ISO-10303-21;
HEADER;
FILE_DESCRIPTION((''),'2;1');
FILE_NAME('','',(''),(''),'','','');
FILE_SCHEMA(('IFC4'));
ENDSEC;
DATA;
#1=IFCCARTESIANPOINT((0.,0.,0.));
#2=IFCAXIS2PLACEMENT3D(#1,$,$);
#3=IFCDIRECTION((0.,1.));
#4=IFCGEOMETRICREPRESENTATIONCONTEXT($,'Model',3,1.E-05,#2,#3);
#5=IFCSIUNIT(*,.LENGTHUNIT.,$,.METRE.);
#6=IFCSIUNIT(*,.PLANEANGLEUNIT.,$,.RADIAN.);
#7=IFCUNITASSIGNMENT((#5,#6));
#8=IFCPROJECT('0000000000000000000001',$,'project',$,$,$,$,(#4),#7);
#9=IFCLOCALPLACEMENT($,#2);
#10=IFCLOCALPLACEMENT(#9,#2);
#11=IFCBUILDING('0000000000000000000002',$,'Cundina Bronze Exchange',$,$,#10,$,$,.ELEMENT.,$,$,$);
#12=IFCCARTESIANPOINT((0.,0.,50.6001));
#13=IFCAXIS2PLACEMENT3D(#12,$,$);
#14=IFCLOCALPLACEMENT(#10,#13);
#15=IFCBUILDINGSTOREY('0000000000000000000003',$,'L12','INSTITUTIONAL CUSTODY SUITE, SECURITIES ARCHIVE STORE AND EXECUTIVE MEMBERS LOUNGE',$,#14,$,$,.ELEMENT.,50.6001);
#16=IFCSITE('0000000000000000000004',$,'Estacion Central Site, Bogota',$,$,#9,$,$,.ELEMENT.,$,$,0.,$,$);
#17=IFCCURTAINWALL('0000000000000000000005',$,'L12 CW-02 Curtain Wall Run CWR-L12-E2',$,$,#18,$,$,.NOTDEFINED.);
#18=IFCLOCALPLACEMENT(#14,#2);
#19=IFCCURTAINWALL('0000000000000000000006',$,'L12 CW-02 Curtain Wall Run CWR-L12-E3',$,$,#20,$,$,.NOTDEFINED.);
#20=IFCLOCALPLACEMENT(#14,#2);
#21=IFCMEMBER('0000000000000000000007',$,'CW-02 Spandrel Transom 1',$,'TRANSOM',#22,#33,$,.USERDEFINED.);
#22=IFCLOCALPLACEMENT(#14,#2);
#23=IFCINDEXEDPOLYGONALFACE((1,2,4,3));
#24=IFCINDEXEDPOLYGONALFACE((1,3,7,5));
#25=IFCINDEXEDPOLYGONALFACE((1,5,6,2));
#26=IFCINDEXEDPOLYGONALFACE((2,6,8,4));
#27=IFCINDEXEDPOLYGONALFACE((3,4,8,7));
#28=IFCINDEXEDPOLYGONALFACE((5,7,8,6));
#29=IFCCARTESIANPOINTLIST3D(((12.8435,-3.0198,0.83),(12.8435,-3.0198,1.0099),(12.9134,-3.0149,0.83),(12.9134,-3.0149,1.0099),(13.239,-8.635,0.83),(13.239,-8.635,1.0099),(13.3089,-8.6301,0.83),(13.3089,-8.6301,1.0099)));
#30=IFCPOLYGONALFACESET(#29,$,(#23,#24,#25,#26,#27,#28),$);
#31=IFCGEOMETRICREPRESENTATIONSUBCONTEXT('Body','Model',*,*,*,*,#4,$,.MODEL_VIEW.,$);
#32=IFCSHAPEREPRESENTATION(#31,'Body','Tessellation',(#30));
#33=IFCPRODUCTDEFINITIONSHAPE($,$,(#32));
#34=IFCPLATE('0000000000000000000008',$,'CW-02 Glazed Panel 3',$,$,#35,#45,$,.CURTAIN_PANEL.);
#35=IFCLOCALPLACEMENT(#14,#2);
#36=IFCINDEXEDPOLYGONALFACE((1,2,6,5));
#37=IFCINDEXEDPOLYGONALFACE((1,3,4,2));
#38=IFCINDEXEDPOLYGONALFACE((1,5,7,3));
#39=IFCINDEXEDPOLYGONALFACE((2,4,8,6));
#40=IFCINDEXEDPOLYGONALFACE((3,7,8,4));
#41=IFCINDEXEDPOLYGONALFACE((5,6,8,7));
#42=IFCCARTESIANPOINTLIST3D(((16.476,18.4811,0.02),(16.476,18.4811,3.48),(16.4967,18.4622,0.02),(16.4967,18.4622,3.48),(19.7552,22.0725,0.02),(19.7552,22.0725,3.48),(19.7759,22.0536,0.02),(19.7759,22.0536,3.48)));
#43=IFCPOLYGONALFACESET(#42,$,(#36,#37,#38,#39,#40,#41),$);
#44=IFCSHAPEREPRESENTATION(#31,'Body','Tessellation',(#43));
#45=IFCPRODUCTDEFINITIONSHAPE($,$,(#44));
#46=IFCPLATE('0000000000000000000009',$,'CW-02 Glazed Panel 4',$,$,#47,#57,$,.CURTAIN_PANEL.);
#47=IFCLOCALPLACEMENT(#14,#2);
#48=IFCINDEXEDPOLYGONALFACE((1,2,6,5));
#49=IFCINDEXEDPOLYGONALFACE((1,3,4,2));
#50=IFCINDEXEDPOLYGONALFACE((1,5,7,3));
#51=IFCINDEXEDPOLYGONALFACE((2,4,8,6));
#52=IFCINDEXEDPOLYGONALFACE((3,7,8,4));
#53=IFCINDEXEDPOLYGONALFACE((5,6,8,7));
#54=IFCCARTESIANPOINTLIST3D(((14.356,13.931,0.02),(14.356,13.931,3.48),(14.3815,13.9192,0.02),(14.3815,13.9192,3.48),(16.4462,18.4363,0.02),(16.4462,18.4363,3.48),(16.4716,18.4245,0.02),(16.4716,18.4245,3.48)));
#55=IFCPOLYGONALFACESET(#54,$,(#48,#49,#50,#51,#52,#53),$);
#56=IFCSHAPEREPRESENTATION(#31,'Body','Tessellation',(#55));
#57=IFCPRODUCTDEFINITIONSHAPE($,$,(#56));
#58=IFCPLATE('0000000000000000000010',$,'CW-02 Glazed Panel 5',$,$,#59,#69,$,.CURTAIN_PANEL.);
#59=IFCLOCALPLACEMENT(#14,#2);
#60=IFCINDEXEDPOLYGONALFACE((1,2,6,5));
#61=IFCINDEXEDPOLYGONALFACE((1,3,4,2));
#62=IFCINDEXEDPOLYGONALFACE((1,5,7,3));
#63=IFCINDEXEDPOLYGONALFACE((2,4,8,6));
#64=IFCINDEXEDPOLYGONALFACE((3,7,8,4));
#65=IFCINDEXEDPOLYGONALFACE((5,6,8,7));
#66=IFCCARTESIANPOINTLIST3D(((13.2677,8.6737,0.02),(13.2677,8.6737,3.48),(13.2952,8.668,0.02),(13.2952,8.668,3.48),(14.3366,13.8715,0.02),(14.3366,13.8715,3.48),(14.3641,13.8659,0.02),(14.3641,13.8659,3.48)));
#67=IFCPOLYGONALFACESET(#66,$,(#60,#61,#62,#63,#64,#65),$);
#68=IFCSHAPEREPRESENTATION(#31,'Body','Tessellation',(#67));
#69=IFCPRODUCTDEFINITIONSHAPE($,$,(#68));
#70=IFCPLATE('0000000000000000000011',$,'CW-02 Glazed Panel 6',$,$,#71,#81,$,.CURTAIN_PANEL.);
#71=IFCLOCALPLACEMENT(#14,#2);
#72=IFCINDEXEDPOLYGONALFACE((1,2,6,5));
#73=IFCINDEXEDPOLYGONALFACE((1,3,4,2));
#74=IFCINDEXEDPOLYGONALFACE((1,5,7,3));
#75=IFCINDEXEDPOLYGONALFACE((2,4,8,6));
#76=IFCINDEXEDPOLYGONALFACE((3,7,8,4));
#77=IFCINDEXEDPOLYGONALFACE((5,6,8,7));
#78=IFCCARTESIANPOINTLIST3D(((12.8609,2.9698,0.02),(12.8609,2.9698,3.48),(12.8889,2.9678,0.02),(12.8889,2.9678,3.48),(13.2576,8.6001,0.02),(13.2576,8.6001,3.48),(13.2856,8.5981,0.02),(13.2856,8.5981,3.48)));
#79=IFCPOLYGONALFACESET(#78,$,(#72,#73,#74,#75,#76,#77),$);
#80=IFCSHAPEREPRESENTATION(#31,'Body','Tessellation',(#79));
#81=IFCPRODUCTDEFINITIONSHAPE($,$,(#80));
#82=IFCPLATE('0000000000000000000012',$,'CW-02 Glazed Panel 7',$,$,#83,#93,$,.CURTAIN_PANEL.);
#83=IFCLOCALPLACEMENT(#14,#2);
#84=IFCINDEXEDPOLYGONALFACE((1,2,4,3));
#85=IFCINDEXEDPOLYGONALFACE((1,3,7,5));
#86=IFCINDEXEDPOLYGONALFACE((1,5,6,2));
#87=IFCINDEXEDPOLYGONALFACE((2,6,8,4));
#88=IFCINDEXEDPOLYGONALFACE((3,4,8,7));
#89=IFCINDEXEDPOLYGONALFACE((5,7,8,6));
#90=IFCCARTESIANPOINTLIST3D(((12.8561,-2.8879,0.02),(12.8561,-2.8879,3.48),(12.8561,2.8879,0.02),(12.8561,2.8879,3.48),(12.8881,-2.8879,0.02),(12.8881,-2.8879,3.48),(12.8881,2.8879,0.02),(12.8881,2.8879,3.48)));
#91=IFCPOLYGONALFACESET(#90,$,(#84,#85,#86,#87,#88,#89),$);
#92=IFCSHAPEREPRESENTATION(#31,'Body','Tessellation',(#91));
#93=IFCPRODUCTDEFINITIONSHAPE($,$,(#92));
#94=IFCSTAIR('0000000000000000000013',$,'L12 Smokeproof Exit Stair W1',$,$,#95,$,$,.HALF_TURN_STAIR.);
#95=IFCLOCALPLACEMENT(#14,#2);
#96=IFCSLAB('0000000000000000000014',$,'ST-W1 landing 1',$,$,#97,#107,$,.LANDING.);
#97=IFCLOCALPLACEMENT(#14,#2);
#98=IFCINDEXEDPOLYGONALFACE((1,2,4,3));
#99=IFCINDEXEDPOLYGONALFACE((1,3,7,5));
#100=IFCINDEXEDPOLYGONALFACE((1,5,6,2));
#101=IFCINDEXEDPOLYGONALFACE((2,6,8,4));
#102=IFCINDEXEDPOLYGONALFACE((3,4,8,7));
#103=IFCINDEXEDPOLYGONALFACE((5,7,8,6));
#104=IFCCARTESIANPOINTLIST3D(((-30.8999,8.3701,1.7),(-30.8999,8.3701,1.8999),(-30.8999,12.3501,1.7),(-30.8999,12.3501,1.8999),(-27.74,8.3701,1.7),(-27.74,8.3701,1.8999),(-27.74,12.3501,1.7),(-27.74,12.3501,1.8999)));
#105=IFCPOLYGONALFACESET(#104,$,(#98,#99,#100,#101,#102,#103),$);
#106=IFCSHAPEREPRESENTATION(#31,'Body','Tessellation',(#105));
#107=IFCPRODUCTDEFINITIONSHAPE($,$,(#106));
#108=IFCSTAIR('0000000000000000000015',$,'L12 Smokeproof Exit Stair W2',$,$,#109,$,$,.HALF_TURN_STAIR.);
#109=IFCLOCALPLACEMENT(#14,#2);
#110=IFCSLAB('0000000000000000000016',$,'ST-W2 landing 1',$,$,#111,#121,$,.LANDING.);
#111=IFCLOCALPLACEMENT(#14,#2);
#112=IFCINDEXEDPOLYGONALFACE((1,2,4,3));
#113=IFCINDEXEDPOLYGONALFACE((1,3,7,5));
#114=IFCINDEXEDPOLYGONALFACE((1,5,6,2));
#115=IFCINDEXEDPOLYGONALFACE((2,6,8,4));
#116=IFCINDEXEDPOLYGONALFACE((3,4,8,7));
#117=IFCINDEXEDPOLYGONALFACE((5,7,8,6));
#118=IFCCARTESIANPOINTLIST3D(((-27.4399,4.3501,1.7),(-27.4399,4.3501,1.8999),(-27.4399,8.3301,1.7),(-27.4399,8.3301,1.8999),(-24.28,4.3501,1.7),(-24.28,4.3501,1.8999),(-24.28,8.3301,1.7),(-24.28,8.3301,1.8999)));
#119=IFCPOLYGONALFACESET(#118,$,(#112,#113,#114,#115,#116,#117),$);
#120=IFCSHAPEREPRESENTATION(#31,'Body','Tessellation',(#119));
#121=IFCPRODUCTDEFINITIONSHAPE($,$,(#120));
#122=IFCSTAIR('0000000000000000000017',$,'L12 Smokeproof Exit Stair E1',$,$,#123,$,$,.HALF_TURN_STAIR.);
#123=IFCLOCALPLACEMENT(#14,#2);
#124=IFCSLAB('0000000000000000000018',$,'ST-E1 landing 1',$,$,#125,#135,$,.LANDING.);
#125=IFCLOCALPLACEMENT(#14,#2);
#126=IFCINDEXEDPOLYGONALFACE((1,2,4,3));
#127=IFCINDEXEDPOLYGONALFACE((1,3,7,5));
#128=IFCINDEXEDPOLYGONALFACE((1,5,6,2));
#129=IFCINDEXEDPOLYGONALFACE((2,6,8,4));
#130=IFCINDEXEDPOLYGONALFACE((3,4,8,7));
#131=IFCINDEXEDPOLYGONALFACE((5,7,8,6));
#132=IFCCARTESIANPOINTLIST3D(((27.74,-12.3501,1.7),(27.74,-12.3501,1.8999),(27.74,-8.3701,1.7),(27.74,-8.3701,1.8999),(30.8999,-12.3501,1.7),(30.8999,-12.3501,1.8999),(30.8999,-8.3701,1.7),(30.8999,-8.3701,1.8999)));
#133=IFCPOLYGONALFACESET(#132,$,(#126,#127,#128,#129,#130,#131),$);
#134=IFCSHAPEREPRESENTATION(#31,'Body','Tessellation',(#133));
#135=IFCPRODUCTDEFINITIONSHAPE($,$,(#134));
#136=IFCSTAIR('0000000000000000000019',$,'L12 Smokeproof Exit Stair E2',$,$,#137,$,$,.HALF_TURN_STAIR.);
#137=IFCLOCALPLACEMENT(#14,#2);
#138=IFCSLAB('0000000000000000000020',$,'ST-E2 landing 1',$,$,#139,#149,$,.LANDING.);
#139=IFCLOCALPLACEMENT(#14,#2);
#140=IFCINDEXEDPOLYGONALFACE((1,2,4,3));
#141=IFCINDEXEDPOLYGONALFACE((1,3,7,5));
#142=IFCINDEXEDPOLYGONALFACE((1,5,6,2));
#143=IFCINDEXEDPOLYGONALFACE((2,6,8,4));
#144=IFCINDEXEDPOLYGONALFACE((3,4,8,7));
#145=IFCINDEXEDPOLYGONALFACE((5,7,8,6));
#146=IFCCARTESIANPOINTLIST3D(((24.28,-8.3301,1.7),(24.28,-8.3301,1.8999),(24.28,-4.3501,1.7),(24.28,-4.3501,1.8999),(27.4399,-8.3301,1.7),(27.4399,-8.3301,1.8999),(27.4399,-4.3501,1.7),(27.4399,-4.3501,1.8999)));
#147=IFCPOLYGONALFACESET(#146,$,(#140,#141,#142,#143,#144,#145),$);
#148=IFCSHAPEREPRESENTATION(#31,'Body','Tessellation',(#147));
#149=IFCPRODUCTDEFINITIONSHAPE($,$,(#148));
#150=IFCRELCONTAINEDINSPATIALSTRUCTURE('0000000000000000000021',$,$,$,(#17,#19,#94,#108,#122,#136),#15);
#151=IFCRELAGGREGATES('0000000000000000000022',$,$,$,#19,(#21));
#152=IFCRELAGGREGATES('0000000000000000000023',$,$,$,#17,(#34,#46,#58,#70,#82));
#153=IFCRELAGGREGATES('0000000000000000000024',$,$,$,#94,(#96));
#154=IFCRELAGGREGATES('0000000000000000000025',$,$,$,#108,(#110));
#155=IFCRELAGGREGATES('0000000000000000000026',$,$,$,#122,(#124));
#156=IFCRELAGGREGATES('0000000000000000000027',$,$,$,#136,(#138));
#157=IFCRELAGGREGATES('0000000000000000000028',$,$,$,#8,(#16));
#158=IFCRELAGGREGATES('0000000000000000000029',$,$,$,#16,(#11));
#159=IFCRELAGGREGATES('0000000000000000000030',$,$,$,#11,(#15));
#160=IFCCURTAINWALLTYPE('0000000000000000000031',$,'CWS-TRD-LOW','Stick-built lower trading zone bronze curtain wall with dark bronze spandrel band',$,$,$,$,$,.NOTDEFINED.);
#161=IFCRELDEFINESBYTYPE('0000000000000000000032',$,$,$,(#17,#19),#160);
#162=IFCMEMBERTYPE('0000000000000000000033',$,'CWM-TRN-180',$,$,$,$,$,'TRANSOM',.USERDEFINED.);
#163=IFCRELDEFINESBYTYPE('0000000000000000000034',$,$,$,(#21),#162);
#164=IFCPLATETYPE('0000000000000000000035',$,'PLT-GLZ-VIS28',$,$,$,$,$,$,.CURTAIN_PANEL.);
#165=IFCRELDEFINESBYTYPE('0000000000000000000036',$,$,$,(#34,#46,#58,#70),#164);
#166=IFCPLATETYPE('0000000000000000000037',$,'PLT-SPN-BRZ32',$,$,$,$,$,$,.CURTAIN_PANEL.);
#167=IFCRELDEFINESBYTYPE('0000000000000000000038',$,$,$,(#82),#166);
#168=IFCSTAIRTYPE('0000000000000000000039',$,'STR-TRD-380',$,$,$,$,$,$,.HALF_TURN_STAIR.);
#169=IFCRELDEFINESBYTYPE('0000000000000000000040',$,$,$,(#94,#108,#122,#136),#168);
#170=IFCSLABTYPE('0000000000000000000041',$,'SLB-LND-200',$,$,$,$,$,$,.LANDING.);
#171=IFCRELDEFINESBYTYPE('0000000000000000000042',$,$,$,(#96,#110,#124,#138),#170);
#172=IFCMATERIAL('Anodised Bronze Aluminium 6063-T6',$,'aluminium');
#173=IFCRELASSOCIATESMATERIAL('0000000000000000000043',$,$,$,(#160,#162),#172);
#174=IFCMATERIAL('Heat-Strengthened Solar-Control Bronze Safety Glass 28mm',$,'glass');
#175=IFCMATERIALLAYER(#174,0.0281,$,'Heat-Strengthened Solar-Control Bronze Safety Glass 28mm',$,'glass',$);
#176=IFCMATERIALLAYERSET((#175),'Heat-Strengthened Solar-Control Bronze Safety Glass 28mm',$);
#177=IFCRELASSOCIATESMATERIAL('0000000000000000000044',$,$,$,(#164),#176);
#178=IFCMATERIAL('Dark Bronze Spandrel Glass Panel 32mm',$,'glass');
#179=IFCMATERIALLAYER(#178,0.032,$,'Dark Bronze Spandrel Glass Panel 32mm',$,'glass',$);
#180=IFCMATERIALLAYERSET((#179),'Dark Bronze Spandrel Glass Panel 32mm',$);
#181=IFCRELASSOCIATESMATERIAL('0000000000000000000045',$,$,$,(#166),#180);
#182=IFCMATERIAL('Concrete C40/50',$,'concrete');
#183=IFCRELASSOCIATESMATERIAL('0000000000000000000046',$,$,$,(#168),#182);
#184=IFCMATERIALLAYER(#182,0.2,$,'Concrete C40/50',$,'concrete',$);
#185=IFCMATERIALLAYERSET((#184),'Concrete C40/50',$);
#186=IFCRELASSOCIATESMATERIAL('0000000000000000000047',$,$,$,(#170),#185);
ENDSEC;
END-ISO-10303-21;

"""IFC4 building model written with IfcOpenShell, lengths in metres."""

from ifc_helpers import new_model, si_unit, direction, frame, origin, origin_2d, place, context, subcontext, project, spatial, polyline, rectangle, outline, extrude, material, layer, layer_set, material_profile, profile_set, type_object, element, aggregate, save


model = new_model("IFC4")

# Units and contexts
model_context = context("Model", 3, precision=1e-05, world=origin(), true_north=direction((0.0, 1.0)))
body_context = subcontext(model_context, "Body", "Model", "MODEL_VIEW")
ifc_project = project(units=[si_unit("LENGTHUNIT", "METRE"), si_unit("PLANEANGLEUNIT", "RADIAN")], contexts=[model_context])

# Site, building, storey
site_placement = place(None, origin())
site = spatial("IfcSite", under=ifc_project, at=site_placement, Name="Estacion Central Site, Bogota", CompositionType="ELEMENT", RefElevation=0.0)
building_placement = place(site_placement, origin())
building = spatial("IfcBuilding", under=site, at=building_placement, Name="Cundina Bronze Exchange", CompositionType="ELEMENT")
storey_placement = place(building_placement, frame((0.0, 0.0, 50.6001)))
storey = spatial("IfcBuildingStorey", under=building, at=storey_placement, Name="L12", Description="INSTITUTIONAL CUSTODY SUITE, SECURITIES ARCHIVE STORE AND EXECUTIVE MEMBERS LOUNGE", CompositionType="ELEMENT", Elevation=50.6001)

# Curtain wall
ifc_material_1 = material(Name="Anodised Bronze Aluminium 6063-T6", Category="aluminium")
curtain_wall_type = type_object("IfcCurtainWallType", Name="CWS-TRD-LOW", Description="Stick-built lower trading zone bronze curtain wall with dark bronze spandrel band", PredefinedType="NOTDEFINED", material=ifc_material_1)
curtain_wall_1_placement = place(storey_placement, origin())
curtain_wall_1 = element("IfcCurtainWall", 1, at=curtain_wall_1_placement, inside=storey, type_object=curtain_wall_type, Name="L12 CW-02 Curtain Wall Run CWR-L12-E2", PredefinedType="NOTDEFINED")

# Curtain wall
curtain_wall_2_placement = place(storey_placement, origin())
curtain_wall_2 = element("IfcCurtainWall", 2, at=curtain_wall_2_placement, inside=storey, type_object=curtain_wall_type, Name="L12 CW-02 Curtain Wall Run CWR-L12-E3", PredefinedType="NOTDEFINED")

# Member
ifc_material_profile_1 = material_profile(ifc_material_1, rectangle(XDim=0.0701, YDim=0.1799, at=origin_2d()), Name="AL70X180", Category="aluminium")
ifc_profile_set_1 = profile_set([ifc_material_profile_1], Name="Anodised Bronze Aluminium 6063-T6")
member_type_1 = type_object("IfcMemberType", Name="CWM-TRN-180", ElementType="TRANSOM", PredefinedType="USERDEFINED", material=ifc_profile_set_1)
member_1_placement = place(storey_placement, frame((12.8784, -3.0173, 0.9199), z_axis=(0.070261, -0.997529, 0.0), x_axis=(0.997529, 0.070261, 0.0)))
member_1 = element("IfcMember", 3, at=member_1_placement, type_object=member_type_1, Name="CW-02 Spandrel Transom 1", ObjectType="TRANSOM", PredefinedType="USERDEFINED", context=body_context, shape_type="SweptSolid", body=[
    extrude(rectangle(XDim=0.0701, YDim=0.1799, at=origin_2d()), origin(), (0.0, 0.0, 1.0), 5.6292),
])
aggregate(curtain_wall_2, [member_1])

# Plates
ifc_material_2 = material(Name="Heat-Strengthened Solar-Control Bronze Safety Glass 28mm", Category="glass")
ifc_layer_1 = layer(ifc_material_2, 0.0281, Name="Heat-Strengthened Solar-Control Bronze Safety Glass 28mm", Category="glass")
ifc_layer_set_1 = layer_set([ifc_layer_1], Name="Heat-Strengthened Solar-Control Bronze Safety Glass 28mm")
plate_type_1 = type_object("IfcPlateType", Name="PLT-GLZ-VIS28", PredefinedType="CURTAIN_PANEL", material=ifc_layer_set_1)
plate_1_placement = place(storey_placement, frame((18.126, 20.2673, 0.02), z_axis=(0.0, 0.0, 1.0), x_axis=(-0.674277, -0.738479, 0.0)))
plate_1 = element("IfcPlate", 4, at=plate_1_placement, type_object=plate_type_1, Name="CW-02 Glazed Panel 3", PredefinedType="CURTAIN_PANEL", context=body_context, shape_type="SweptSolid", body=[
    extrude(rectangle(XDim=4.8633, YDim=0.0281, at=origin_2d()), origin(), (0.0, 0.0, 1.0), 3.46),
])
plate_2_placement = place(storey_placement, frame((15.4138, 16.1777, 0.02), z_axis=(0.0, 0.0, 1.0), x_axis=(-0.420846, -0.907132, 0.0)))
plate_2 = element("IfcPlate", 5, at=plate_2_placement, type_object=plate_type_1, Name="CW-02 Glazed Panel 4", PredefinedType="CURTAIN_PANEL", context=body_context, shape_type="SweptSolid", body=[
    extrude(rectangle(XDim=4.9666, YDim=0.0281, at=origin_2d()), origin(), (0.0, 0.0, 1.0), 3.46),
])
plate_3_placement = place(storey_placement, frame((13.8159, 11.2698, 0.02), z_axis=(0.0, 0.0, 1.0), x_axis=(-0.20142, -0.979505, 0.0)))
plate_3 = element("IfcPlate", 6, at=plate_3_placement, type_object=plate_type_1, Name="CW-02 Glazed Panel 5", PredefinedType="CURTAIN_PANEL", context=body_context, shape_type="SweptSolid", body=[
    extrude(rectangle(XDim=5.3066, YDim=0.0281, at=origin_2d()), origin(), (0.0, 0.0, 1.0), 3.46),
])
plate_4_placement = place(storey_placement, frame((13.0732, 5.7839, 0.02), z_axis=(0.0, 0.0, 1.0), x_axis=(-0.070279, -0.997527, 0.0)))
plate_4 = element("IfcPlate", 7, at=plate_4_placement, type_object=plate_type_1, Name="CW-02 Glazed Panel 6", PredefinedType="CURTAIN_PANEL", context=body_context, shape_type="SweptSolid", body=[
    extrude(rectangle(XDim=5.6443, YDim=0.0281, at=origin_2d()), origin(), (0.0, 0.0, 1.0), 3.46),
])
ifc_material_3 = material(Name="Dark Bronze Spandrel Glass Panel 32mm", Category="glass")
ifc_layer_2 = layer(ifc_material_3, 0.032, Name="Dark Bronze Spandrel Glass Panel 32mm", Category="glass")
ifc_layer_set_2 = layer_set([ifc_layer_2], Name="Dark Bronze Spandrel Glass Panel 32mm")
plate_type_2 = type_object("IfcPlateType", Name="PLT-SPN-BRZ32", PredefinedType="CURTAIN_PANEL", material=ifc_layer_set_2)
plate_5_placement = place(storey_placement, frame((12.8721, 0.0, 0.02), z_axis=(0.0, 0.0, 1.0), x_axis=(0.0, -1.0, 0.0)))
plate_5 = element("IfcPlate", 8, at=plate_5_placement, type_object=plate_type_2, Name="CW-02 Glazed Panel 7", PredefinedType="CURTAIN_PANEL", context=body_context, shape_type="SweptSolid", body=[
    extrude(rectangle(XDim=5.7759, YDim=0.032, at=origin_2d()), origin(), (0.0, 0.0, 1.0), 3.46),
])
aggregate(curtain_wall_1, [plate_1, plate_2, plate_3, plate_4, plate_5])

# Stairs, slabs
ifc_material_4 = material(Name="Concrete C40/50", Category="concrete")
stair_type = type_object("IfcStairType", Name="STR-TRD-380", PredefinedType="HALF_TURN_STAIR", material=ifc_material_4)
stair_1_placement = place(storey_placement, origin())
stair_1 = element("IfcStair", 9, at=stair_1_placement, inside=storey, type_object=stair_type, Name="L12 Smokeproof Exit Stair W1", PredefinedType="HALF_TURN_STAIR")
ifc_layer_3 = layer(ifc_material_4, 0.2, Name="Concrete C40/50", Category="concrete")
ifc_layer_set_3 = layer_set([ifc_layer_3], Name="Concrete C40/50")
slab_type_1 = type_object("IfcSlabType", Name="SLB-LND-200", PredefinedType="LANDING", material=ifc_layer_set_3)
slab_1_placement = place(storey_placement, frame((0.0, 0.0, 1.7)))
slab_1 = element("IfcSlab", 10, at=slab_1_placement, type_object=slab_type_1, Name="ST-W1 landing 1", PredefinedType="LANDING", context=body_context, shape_type="SweptSolid", body=[
    extrude(outline(polyline([(-27.74, 8.3701), (-27.74, 12.3501), (-30.8999, 12.3501), (-30.8999, 8.3701), (-27.74, 8.3701)])), origin(), (0.0, 0.0, 1.0), 0.2),
])
aggregate(stair_1, [slab_1])
stair_2_placement = place(storey_placement, origin())
stair_2 = element("IfcStair", 11, at=stair_2_placement, inside=storey, type_object=stair_type, Name="L12 Smokeproof Exit Stair W2", PredefinedType="HALF_TURN_STAIR")
slab_2_placement = place(storey_placement, frame((0.0, 0.0, 1.7)))
slab_2 = element("IfcSlab", 12, at=slab_2_placement, type_object=slab_type_1, Name="ST-W2 landing 1", PredefinedType="LANDING", context=body_context, shape_type="SweptSolid", body=[
    extrude(outline(polyline([(-27.4399, 8.3301), (-27.4399, 4.3501), (-24.28, 4.3501), (-24.28, 8.3301), (-27.4399, 8.3301)])), origin(), (0.0, 0.0, 1.0), 0.2),
])
aggregate(stair_2, [slab_2])
stair_3_placement = place(storey_placement, origin())
stair_3 = element("IfcStair", 13, at=stair_3_placement, inside=storey, type_object=stair_type, Name="L12 Smokeproof Exit Stair E1", PredefinedType="HALF_TURN_STAIR")
slab_3_placement = place(storey_placement, frame((0.0, 0.0, 1.7)))
slab_3 = element("IfcSlab", 14, at=slab_3_placement, type_object=slab_type_1, Name="ST-E1 landing 1", PredefinedType="LANDING", context=body_context, shape_type="SweptSolid", body=[
    extrude(outline(polyline([(27.74, -8.3701), (27.74, -12.3501), (30.8999, -12.3501), (30.8999, -8.3701), (27.74, -8.3701)])), origin(), (0.0, 0.0, 1.0), 0.2),
])
aggregate(stair_3, [slab_3])
stair_4_placement = place(storey_placement, origin())
stair_4 = element("IfcStair", 15, at=stair_4_placement, inside=storey, type_object=stair_type, Name="L12 Smokeproof Exit Stair E2", PredefinedType="HALF_TURN_STAIR")
slab_4_placement = place(storey_placement, frame((0.0, 0.0, 1.7)))
slab_4 = element("IfcSlab", 16, at=slab_4_placement, type_object=slab_type_1, Name="ST-E2 landing 1", PredefinedType="LANDING", context=body_context, shape_type="SweptSolid", body=[
    extrude(outline(polyline([(27.4399, -8.3301), (27.4399, -4.3501), (24.28, -4.3501), (24.28, -8.3301), (27.4399, -8.3301)])), origin(), (0.0, 0.0, 1.0), 0.2),
])
aggregate(stair_4, [slab_4])

save(model, "model.ifc")
